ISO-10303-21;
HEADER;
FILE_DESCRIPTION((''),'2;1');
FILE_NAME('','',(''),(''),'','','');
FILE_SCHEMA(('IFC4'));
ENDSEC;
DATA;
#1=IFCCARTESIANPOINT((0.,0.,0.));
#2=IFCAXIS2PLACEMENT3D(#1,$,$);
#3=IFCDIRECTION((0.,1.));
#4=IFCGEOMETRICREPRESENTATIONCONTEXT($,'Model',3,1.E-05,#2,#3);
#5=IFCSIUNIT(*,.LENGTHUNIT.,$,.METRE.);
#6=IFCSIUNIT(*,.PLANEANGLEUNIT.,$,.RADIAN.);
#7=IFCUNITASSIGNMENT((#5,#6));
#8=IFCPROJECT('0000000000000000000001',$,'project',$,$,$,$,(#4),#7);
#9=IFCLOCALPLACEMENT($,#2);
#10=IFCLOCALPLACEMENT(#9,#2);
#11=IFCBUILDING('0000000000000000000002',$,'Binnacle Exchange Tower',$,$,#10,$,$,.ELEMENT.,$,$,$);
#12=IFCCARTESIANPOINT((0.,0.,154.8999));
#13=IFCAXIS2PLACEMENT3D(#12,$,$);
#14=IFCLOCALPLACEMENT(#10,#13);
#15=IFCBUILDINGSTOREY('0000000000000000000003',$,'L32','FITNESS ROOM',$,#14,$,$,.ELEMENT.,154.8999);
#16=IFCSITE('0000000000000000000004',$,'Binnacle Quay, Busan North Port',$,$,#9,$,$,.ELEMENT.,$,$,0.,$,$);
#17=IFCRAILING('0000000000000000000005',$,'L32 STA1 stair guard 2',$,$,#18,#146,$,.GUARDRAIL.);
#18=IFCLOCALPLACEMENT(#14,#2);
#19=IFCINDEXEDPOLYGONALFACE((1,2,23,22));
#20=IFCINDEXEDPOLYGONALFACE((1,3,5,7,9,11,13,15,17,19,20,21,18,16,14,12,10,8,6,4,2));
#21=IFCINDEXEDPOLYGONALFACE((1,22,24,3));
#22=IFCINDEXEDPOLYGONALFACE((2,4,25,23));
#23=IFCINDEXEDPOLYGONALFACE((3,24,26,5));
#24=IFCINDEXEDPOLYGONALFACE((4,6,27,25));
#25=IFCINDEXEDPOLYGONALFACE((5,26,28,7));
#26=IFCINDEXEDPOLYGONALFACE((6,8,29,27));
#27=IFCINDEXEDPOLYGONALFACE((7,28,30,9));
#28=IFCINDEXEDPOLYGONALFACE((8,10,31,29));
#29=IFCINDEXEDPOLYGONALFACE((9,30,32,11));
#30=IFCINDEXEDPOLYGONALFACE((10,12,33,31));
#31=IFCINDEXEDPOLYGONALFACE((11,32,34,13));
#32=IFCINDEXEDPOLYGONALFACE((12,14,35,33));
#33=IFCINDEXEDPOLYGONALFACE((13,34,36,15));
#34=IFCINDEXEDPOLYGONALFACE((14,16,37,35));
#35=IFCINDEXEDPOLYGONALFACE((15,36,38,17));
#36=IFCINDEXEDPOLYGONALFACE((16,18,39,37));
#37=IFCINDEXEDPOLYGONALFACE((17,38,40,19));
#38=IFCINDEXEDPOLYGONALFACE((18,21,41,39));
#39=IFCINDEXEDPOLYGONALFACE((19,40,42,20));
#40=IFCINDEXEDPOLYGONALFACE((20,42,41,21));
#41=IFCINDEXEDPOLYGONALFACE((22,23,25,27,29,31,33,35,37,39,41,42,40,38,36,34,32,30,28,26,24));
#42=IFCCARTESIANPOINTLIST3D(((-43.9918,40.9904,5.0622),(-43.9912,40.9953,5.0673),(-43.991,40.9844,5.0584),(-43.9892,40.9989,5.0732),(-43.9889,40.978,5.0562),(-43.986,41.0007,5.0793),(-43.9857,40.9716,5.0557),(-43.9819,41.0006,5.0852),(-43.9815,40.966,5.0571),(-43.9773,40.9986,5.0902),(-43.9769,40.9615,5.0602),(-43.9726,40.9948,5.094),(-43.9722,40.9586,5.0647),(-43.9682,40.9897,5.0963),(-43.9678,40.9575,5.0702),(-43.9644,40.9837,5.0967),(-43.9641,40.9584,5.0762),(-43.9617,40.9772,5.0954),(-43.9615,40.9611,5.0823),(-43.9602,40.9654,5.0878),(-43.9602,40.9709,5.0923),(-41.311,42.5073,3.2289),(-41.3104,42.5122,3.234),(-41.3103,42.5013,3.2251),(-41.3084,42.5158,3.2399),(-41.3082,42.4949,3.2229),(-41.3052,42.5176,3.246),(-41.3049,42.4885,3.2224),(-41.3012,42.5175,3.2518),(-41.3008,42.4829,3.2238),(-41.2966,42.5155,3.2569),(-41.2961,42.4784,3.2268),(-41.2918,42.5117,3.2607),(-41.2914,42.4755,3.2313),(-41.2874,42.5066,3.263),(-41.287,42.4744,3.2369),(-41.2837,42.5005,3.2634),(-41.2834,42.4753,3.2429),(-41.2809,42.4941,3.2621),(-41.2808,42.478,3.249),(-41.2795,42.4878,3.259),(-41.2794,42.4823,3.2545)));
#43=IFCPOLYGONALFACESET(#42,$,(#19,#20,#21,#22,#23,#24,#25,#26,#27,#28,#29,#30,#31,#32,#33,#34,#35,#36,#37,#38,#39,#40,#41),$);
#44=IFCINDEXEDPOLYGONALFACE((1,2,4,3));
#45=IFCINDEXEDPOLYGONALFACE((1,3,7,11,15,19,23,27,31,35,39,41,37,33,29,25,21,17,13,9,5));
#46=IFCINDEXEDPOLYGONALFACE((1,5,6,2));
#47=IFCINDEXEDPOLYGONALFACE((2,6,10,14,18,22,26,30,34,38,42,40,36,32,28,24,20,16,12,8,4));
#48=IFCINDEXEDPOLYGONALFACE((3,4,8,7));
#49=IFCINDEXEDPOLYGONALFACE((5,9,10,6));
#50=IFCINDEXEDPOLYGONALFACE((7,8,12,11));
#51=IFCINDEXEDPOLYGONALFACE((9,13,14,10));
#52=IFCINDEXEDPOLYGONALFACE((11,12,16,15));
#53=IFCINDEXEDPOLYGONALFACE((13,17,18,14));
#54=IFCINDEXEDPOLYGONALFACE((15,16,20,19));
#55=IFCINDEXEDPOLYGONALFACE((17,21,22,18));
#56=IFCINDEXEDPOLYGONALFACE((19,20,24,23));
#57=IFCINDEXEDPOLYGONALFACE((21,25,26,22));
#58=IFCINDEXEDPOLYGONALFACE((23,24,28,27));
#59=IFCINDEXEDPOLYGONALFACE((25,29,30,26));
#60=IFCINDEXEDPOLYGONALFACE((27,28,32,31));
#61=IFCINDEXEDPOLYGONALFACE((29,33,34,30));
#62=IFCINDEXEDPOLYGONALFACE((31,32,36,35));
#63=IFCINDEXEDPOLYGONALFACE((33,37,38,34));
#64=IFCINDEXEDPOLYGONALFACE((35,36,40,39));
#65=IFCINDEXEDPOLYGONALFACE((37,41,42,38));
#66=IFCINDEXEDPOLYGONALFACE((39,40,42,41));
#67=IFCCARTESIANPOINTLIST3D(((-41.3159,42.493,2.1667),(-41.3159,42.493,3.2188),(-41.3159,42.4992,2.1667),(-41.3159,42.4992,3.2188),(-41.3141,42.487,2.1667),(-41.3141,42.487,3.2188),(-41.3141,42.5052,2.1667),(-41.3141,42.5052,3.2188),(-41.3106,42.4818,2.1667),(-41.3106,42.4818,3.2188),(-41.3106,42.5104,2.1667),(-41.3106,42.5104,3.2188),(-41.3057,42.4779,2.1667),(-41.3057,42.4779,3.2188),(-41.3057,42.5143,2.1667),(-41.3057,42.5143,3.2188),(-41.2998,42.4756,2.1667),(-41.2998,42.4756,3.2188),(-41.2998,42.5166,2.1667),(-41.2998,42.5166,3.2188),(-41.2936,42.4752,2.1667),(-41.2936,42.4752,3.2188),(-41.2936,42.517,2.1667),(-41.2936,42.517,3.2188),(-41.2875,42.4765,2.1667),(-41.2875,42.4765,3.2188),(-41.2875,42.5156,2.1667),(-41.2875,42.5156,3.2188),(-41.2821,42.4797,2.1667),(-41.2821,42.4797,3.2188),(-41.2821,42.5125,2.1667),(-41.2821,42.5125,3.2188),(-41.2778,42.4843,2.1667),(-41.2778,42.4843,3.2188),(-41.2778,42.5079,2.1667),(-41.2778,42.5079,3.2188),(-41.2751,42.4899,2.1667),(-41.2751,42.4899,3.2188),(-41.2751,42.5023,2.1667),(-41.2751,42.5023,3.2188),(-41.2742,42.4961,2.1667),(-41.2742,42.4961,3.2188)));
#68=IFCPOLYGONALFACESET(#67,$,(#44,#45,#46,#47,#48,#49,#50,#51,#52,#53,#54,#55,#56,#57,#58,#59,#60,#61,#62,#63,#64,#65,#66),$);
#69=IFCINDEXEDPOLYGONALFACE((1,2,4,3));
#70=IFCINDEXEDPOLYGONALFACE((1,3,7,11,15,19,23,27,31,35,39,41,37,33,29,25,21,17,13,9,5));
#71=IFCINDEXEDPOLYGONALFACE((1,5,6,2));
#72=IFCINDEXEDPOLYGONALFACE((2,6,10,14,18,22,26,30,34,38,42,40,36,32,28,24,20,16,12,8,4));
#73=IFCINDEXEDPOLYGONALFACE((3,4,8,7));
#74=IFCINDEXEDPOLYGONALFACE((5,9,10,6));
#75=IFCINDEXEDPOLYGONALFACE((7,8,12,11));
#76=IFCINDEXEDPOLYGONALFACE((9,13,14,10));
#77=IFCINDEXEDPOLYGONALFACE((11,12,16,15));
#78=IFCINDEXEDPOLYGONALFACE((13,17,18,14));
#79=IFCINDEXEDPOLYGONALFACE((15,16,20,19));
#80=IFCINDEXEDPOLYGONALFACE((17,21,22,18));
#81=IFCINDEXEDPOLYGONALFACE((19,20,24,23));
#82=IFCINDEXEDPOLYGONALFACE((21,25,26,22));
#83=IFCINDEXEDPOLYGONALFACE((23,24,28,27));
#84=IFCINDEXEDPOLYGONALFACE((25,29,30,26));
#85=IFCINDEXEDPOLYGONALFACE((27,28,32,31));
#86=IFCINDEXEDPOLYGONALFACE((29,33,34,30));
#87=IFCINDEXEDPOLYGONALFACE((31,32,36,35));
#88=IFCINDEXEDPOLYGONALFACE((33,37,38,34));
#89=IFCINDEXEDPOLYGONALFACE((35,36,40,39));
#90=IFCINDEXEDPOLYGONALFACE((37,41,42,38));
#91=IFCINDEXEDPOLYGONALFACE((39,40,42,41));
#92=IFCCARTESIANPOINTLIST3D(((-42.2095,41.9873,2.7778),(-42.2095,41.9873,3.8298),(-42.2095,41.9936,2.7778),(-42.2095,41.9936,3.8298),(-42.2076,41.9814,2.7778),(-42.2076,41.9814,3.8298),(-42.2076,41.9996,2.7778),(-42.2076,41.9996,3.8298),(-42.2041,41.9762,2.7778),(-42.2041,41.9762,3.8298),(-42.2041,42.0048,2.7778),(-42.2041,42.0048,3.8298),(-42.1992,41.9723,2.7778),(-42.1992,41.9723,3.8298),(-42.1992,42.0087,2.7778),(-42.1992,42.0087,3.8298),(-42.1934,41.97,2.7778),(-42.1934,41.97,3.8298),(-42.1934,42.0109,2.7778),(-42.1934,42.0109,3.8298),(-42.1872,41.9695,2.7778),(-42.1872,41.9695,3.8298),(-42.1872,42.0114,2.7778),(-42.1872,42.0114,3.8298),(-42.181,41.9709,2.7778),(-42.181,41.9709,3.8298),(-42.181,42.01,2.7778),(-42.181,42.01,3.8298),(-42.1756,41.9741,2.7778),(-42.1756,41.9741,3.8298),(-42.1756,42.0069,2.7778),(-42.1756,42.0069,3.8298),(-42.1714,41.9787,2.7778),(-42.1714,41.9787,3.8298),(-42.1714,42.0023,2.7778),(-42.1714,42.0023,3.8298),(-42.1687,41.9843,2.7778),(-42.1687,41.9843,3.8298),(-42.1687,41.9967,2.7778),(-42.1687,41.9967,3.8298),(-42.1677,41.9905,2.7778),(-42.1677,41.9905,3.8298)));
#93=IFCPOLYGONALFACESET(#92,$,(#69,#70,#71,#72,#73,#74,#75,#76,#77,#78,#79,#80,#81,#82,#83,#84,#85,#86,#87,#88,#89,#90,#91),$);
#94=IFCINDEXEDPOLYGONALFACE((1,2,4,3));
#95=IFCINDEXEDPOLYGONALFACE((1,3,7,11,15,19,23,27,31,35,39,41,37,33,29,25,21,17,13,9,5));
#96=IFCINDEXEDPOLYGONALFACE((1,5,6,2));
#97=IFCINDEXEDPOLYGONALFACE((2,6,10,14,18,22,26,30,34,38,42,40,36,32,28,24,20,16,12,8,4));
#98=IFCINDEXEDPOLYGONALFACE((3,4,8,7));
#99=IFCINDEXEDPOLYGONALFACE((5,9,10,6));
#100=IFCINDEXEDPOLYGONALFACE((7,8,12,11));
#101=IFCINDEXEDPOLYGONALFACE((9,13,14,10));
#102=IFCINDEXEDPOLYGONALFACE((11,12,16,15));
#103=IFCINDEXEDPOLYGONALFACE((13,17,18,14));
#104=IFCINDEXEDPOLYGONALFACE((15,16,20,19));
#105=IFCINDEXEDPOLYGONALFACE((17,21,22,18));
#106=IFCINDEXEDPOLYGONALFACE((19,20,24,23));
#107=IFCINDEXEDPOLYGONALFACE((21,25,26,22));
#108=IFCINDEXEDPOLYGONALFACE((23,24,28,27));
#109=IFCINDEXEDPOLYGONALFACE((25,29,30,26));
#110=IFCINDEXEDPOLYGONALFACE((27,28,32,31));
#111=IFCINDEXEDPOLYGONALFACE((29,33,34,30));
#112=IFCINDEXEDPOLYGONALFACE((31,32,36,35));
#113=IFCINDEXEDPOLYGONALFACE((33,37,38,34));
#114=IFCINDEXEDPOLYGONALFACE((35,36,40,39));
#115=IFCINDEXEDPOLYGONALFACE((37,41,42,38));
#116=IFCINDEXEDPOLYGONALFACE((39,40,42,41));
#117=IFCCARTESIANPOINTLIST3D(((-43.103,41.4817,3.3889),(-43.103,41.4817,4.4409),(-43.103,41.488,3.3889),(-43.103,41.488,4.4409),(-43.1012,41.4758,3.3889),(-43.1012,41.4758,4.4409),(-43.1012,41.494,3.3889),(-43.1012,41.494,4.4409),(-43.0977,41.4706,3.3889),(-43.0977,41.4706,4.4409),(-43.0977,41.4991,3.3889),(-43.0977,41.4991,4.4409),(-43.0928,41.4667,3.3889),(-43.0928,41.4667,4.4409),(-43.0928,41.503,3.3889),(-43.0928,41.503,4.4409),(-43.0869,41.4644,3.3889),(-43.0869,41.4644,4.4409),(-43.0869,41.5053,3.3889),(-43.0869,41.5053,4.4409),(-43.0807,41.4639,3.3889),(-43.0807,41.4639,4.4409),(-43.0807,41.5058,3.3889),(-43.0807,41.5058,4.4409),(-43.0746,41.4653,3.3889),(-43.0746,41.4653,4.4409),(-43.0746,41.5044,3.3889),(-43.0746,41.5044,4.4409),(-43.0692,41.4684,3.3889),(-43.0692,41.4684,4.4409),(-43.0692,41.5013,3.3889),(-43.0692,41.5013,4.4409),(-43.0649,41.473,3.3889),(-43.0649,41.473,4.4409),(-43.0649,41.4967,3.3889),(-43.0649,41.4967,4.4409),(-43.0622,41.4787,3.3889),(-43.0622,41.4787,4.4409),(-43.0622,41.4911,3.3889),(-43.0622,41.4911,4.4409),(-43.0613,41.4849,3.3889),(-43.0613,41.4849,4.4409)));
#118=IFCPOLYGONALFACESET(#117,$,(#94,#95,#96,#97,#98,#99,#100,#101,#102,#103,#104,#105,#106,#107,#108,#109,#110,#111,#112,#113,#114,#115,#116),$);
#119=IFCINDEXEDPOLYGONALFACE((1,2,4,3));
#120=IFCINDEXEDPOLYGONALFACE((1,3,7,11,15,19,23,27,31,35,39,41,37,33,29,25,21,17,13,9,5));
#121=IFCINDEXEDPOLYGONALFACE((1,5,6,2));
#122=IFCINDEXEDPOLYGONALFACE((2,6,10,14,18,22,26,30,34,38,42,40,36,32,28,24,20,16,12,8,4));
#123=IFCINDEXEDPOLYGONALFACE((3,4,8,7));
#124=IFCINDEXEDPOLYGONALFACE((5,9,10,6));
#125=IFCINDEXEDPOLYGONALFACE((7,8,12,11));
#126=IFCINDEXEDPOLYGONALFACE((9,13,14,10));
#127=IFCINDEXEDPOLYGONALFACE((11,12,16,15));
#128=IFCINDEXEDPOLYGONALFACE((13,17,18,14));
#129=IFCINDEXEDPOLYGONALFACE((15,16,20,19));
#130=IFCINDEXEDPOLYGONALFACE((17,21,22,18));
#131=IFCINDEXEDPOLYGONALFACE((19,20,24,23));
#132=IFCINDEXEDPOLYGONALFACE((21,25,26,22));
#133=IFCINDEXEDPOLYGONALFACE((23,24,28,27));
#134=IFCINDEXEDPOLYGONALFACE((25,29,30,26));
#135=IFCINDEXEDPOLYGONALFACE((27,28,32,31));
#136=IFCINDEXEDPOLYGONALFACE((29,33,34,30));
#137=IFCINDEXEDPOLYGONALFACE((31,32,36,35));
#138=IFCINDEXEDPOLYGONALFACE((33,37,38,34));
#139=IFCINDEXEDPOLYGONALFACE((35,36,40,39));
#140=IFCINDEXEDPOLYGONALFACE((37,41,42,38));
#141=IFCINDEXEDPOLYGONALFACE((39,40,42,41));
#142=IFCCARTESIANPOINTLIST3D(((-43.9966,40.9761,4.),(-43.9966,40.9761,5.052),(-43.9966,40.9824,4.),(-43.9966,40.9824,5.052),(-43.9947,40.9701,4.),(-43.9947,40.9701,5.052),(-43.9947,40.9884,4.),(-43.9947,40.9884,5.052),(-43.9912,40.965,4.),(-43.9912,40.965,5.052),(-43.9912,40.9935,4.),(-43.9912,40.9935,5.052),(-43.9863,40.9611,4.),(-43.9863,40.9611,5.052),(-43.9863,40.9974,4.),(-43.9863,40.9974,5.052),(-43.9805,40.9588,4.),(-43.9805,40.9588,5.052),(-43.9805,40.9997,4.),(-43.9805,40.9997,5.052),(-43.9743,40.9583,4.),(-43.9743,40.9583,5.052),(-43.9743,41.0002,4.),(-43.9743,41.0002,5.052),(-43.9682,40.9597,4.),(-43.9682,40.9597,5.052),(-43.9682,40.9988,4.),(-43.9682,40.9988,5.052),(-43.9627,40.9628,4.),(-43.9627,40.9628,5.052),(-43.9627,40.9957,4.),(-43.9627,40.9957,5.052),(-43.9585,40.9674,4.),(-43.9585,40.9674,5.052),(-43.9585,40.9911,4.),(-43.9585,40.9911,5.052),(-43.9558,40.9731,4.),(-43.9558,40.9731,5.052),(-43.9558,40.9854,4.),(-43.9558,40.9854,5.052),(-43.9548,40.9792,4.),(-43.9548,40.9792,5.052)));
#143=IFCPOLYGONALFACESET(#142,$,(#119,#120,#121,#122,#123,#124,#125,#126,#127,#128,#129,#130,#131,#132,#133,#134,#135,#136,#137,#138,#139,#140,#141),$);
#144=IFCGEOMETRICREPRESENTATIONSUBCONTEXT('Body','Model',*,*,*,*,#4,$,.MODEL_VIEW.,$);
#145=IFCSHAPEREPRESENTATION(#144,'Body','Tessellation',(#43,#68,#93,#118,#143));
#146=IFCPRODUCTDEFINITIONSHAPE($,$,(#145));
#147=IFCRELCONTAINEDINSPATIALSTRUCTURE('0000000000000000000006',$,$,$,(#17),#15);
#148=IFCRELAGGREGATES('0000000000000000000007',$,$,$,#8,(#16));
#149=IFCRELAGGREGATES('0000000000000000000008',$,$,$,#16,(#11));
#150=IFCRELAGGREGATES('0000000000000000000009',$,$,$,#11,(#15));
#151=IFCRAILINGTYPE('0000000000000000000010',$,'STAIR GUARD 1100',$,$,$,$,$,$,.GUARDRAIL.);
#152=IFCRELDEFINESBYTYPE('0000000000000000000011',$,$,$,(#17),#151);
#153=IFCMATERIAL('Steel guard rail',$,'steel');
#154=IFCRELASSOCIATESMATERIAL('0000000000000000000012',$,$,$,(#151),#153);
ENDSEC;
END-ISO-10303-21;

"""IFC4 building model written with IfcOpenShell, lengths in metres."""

from ifc_helpers import new_model, si_unit, direction, frame, origin, origin_2d, place, context, subcontext, project, spatial, circle, extrude, material, type_object, element, save


model = new_model("IFC4")

# Units and contexts
model_context = context("Model", 3, precision=1e-05, world=origin(), true_north=direction((0.0, 1.0)))
body_context = subcontext(model_context, "Body", "Model", "MODEL_VIEW")
ifc_project = project(units=[si_unit("LENGTHUNIT", "METRE"), si_unit("PLANEANGLEUNIT", "RADIAN")], contexts=[model_context])

# Site, building, storey
site_placement = place(None, origin())
site = spatial("IfcSite", under=ifc_project, at=site_placement, Name="Binnacle Quay, Busan North Port", CompositionType="ELEMENT", RefElevation=0.0)
building_placement = place(site_placement, origin())
building = spatial("IfcBuilding", under=site, at=building_placement, Name="Binnacle Exchange Tower", CompositionType="ELEMENT")
storey_placement = place(building_placement, frame((0.0, 0.0, 154.8999)))
storey = spatial("IfcBuildingStorey", under=building, at=storey_placement, Name="L32", Description="FITNESS ROOM", CompositionType="ELEMENT", Elevation=154.8999)

# Railing
ifc_material_1 = material(Name="Steel guard rail", Category="steel")
railing_type_1 = type_object("IfcRailingType", Name="STAIR GUARD 1100", PredefinedType="GUARDRAIL", material=ifc_material_1)
railing_1_placement = place(storey_placement, frame((-41.2952, 42.4961, 2.1667)))
element("IfcRailing", 1, at=railing_1_placement, inside=storey, type_object=railing_type_1, Name="L32 STA1 stair guard 2", PredefinedType="GUARDRAIL", context=body_context, shape_type="SweptSolid", body=[
    extrude(circle(Radius=0.0239, at=origin_2d()), frame((0.0, 0.0, 1.0762), z_axis=(-0.747879, -0.423185, 0.51146), x_axis=(0.492472, -0.870328, 0.0)), (0.0, 0.0, 1.0), 3.5845),
    extrude(circle(Radius=0.021, at=origin_2d()), origin(), (0.0, 0.0, 1.0), 1.052),
    extrude(circle(Radius=0.021, at=origin_2d()), frame((-0.8936, -0.5056, 0.6111)), (0.0, 0.0, 1.0), 1.052),
    extrude(circle(Radius=0.021, at=origin_2d()), frame((-1.7871, -1.0112, 1.2222)), (0.0, 0.0, 1.0), 1.052),
    extrude(circle(Radius=0.021, at=origin_2d()), frame((-2.6807, -1.5168, 1.8333)), (0.0, 0.0, 1.0), 1.052),
])

save(model, "model.ifc")
